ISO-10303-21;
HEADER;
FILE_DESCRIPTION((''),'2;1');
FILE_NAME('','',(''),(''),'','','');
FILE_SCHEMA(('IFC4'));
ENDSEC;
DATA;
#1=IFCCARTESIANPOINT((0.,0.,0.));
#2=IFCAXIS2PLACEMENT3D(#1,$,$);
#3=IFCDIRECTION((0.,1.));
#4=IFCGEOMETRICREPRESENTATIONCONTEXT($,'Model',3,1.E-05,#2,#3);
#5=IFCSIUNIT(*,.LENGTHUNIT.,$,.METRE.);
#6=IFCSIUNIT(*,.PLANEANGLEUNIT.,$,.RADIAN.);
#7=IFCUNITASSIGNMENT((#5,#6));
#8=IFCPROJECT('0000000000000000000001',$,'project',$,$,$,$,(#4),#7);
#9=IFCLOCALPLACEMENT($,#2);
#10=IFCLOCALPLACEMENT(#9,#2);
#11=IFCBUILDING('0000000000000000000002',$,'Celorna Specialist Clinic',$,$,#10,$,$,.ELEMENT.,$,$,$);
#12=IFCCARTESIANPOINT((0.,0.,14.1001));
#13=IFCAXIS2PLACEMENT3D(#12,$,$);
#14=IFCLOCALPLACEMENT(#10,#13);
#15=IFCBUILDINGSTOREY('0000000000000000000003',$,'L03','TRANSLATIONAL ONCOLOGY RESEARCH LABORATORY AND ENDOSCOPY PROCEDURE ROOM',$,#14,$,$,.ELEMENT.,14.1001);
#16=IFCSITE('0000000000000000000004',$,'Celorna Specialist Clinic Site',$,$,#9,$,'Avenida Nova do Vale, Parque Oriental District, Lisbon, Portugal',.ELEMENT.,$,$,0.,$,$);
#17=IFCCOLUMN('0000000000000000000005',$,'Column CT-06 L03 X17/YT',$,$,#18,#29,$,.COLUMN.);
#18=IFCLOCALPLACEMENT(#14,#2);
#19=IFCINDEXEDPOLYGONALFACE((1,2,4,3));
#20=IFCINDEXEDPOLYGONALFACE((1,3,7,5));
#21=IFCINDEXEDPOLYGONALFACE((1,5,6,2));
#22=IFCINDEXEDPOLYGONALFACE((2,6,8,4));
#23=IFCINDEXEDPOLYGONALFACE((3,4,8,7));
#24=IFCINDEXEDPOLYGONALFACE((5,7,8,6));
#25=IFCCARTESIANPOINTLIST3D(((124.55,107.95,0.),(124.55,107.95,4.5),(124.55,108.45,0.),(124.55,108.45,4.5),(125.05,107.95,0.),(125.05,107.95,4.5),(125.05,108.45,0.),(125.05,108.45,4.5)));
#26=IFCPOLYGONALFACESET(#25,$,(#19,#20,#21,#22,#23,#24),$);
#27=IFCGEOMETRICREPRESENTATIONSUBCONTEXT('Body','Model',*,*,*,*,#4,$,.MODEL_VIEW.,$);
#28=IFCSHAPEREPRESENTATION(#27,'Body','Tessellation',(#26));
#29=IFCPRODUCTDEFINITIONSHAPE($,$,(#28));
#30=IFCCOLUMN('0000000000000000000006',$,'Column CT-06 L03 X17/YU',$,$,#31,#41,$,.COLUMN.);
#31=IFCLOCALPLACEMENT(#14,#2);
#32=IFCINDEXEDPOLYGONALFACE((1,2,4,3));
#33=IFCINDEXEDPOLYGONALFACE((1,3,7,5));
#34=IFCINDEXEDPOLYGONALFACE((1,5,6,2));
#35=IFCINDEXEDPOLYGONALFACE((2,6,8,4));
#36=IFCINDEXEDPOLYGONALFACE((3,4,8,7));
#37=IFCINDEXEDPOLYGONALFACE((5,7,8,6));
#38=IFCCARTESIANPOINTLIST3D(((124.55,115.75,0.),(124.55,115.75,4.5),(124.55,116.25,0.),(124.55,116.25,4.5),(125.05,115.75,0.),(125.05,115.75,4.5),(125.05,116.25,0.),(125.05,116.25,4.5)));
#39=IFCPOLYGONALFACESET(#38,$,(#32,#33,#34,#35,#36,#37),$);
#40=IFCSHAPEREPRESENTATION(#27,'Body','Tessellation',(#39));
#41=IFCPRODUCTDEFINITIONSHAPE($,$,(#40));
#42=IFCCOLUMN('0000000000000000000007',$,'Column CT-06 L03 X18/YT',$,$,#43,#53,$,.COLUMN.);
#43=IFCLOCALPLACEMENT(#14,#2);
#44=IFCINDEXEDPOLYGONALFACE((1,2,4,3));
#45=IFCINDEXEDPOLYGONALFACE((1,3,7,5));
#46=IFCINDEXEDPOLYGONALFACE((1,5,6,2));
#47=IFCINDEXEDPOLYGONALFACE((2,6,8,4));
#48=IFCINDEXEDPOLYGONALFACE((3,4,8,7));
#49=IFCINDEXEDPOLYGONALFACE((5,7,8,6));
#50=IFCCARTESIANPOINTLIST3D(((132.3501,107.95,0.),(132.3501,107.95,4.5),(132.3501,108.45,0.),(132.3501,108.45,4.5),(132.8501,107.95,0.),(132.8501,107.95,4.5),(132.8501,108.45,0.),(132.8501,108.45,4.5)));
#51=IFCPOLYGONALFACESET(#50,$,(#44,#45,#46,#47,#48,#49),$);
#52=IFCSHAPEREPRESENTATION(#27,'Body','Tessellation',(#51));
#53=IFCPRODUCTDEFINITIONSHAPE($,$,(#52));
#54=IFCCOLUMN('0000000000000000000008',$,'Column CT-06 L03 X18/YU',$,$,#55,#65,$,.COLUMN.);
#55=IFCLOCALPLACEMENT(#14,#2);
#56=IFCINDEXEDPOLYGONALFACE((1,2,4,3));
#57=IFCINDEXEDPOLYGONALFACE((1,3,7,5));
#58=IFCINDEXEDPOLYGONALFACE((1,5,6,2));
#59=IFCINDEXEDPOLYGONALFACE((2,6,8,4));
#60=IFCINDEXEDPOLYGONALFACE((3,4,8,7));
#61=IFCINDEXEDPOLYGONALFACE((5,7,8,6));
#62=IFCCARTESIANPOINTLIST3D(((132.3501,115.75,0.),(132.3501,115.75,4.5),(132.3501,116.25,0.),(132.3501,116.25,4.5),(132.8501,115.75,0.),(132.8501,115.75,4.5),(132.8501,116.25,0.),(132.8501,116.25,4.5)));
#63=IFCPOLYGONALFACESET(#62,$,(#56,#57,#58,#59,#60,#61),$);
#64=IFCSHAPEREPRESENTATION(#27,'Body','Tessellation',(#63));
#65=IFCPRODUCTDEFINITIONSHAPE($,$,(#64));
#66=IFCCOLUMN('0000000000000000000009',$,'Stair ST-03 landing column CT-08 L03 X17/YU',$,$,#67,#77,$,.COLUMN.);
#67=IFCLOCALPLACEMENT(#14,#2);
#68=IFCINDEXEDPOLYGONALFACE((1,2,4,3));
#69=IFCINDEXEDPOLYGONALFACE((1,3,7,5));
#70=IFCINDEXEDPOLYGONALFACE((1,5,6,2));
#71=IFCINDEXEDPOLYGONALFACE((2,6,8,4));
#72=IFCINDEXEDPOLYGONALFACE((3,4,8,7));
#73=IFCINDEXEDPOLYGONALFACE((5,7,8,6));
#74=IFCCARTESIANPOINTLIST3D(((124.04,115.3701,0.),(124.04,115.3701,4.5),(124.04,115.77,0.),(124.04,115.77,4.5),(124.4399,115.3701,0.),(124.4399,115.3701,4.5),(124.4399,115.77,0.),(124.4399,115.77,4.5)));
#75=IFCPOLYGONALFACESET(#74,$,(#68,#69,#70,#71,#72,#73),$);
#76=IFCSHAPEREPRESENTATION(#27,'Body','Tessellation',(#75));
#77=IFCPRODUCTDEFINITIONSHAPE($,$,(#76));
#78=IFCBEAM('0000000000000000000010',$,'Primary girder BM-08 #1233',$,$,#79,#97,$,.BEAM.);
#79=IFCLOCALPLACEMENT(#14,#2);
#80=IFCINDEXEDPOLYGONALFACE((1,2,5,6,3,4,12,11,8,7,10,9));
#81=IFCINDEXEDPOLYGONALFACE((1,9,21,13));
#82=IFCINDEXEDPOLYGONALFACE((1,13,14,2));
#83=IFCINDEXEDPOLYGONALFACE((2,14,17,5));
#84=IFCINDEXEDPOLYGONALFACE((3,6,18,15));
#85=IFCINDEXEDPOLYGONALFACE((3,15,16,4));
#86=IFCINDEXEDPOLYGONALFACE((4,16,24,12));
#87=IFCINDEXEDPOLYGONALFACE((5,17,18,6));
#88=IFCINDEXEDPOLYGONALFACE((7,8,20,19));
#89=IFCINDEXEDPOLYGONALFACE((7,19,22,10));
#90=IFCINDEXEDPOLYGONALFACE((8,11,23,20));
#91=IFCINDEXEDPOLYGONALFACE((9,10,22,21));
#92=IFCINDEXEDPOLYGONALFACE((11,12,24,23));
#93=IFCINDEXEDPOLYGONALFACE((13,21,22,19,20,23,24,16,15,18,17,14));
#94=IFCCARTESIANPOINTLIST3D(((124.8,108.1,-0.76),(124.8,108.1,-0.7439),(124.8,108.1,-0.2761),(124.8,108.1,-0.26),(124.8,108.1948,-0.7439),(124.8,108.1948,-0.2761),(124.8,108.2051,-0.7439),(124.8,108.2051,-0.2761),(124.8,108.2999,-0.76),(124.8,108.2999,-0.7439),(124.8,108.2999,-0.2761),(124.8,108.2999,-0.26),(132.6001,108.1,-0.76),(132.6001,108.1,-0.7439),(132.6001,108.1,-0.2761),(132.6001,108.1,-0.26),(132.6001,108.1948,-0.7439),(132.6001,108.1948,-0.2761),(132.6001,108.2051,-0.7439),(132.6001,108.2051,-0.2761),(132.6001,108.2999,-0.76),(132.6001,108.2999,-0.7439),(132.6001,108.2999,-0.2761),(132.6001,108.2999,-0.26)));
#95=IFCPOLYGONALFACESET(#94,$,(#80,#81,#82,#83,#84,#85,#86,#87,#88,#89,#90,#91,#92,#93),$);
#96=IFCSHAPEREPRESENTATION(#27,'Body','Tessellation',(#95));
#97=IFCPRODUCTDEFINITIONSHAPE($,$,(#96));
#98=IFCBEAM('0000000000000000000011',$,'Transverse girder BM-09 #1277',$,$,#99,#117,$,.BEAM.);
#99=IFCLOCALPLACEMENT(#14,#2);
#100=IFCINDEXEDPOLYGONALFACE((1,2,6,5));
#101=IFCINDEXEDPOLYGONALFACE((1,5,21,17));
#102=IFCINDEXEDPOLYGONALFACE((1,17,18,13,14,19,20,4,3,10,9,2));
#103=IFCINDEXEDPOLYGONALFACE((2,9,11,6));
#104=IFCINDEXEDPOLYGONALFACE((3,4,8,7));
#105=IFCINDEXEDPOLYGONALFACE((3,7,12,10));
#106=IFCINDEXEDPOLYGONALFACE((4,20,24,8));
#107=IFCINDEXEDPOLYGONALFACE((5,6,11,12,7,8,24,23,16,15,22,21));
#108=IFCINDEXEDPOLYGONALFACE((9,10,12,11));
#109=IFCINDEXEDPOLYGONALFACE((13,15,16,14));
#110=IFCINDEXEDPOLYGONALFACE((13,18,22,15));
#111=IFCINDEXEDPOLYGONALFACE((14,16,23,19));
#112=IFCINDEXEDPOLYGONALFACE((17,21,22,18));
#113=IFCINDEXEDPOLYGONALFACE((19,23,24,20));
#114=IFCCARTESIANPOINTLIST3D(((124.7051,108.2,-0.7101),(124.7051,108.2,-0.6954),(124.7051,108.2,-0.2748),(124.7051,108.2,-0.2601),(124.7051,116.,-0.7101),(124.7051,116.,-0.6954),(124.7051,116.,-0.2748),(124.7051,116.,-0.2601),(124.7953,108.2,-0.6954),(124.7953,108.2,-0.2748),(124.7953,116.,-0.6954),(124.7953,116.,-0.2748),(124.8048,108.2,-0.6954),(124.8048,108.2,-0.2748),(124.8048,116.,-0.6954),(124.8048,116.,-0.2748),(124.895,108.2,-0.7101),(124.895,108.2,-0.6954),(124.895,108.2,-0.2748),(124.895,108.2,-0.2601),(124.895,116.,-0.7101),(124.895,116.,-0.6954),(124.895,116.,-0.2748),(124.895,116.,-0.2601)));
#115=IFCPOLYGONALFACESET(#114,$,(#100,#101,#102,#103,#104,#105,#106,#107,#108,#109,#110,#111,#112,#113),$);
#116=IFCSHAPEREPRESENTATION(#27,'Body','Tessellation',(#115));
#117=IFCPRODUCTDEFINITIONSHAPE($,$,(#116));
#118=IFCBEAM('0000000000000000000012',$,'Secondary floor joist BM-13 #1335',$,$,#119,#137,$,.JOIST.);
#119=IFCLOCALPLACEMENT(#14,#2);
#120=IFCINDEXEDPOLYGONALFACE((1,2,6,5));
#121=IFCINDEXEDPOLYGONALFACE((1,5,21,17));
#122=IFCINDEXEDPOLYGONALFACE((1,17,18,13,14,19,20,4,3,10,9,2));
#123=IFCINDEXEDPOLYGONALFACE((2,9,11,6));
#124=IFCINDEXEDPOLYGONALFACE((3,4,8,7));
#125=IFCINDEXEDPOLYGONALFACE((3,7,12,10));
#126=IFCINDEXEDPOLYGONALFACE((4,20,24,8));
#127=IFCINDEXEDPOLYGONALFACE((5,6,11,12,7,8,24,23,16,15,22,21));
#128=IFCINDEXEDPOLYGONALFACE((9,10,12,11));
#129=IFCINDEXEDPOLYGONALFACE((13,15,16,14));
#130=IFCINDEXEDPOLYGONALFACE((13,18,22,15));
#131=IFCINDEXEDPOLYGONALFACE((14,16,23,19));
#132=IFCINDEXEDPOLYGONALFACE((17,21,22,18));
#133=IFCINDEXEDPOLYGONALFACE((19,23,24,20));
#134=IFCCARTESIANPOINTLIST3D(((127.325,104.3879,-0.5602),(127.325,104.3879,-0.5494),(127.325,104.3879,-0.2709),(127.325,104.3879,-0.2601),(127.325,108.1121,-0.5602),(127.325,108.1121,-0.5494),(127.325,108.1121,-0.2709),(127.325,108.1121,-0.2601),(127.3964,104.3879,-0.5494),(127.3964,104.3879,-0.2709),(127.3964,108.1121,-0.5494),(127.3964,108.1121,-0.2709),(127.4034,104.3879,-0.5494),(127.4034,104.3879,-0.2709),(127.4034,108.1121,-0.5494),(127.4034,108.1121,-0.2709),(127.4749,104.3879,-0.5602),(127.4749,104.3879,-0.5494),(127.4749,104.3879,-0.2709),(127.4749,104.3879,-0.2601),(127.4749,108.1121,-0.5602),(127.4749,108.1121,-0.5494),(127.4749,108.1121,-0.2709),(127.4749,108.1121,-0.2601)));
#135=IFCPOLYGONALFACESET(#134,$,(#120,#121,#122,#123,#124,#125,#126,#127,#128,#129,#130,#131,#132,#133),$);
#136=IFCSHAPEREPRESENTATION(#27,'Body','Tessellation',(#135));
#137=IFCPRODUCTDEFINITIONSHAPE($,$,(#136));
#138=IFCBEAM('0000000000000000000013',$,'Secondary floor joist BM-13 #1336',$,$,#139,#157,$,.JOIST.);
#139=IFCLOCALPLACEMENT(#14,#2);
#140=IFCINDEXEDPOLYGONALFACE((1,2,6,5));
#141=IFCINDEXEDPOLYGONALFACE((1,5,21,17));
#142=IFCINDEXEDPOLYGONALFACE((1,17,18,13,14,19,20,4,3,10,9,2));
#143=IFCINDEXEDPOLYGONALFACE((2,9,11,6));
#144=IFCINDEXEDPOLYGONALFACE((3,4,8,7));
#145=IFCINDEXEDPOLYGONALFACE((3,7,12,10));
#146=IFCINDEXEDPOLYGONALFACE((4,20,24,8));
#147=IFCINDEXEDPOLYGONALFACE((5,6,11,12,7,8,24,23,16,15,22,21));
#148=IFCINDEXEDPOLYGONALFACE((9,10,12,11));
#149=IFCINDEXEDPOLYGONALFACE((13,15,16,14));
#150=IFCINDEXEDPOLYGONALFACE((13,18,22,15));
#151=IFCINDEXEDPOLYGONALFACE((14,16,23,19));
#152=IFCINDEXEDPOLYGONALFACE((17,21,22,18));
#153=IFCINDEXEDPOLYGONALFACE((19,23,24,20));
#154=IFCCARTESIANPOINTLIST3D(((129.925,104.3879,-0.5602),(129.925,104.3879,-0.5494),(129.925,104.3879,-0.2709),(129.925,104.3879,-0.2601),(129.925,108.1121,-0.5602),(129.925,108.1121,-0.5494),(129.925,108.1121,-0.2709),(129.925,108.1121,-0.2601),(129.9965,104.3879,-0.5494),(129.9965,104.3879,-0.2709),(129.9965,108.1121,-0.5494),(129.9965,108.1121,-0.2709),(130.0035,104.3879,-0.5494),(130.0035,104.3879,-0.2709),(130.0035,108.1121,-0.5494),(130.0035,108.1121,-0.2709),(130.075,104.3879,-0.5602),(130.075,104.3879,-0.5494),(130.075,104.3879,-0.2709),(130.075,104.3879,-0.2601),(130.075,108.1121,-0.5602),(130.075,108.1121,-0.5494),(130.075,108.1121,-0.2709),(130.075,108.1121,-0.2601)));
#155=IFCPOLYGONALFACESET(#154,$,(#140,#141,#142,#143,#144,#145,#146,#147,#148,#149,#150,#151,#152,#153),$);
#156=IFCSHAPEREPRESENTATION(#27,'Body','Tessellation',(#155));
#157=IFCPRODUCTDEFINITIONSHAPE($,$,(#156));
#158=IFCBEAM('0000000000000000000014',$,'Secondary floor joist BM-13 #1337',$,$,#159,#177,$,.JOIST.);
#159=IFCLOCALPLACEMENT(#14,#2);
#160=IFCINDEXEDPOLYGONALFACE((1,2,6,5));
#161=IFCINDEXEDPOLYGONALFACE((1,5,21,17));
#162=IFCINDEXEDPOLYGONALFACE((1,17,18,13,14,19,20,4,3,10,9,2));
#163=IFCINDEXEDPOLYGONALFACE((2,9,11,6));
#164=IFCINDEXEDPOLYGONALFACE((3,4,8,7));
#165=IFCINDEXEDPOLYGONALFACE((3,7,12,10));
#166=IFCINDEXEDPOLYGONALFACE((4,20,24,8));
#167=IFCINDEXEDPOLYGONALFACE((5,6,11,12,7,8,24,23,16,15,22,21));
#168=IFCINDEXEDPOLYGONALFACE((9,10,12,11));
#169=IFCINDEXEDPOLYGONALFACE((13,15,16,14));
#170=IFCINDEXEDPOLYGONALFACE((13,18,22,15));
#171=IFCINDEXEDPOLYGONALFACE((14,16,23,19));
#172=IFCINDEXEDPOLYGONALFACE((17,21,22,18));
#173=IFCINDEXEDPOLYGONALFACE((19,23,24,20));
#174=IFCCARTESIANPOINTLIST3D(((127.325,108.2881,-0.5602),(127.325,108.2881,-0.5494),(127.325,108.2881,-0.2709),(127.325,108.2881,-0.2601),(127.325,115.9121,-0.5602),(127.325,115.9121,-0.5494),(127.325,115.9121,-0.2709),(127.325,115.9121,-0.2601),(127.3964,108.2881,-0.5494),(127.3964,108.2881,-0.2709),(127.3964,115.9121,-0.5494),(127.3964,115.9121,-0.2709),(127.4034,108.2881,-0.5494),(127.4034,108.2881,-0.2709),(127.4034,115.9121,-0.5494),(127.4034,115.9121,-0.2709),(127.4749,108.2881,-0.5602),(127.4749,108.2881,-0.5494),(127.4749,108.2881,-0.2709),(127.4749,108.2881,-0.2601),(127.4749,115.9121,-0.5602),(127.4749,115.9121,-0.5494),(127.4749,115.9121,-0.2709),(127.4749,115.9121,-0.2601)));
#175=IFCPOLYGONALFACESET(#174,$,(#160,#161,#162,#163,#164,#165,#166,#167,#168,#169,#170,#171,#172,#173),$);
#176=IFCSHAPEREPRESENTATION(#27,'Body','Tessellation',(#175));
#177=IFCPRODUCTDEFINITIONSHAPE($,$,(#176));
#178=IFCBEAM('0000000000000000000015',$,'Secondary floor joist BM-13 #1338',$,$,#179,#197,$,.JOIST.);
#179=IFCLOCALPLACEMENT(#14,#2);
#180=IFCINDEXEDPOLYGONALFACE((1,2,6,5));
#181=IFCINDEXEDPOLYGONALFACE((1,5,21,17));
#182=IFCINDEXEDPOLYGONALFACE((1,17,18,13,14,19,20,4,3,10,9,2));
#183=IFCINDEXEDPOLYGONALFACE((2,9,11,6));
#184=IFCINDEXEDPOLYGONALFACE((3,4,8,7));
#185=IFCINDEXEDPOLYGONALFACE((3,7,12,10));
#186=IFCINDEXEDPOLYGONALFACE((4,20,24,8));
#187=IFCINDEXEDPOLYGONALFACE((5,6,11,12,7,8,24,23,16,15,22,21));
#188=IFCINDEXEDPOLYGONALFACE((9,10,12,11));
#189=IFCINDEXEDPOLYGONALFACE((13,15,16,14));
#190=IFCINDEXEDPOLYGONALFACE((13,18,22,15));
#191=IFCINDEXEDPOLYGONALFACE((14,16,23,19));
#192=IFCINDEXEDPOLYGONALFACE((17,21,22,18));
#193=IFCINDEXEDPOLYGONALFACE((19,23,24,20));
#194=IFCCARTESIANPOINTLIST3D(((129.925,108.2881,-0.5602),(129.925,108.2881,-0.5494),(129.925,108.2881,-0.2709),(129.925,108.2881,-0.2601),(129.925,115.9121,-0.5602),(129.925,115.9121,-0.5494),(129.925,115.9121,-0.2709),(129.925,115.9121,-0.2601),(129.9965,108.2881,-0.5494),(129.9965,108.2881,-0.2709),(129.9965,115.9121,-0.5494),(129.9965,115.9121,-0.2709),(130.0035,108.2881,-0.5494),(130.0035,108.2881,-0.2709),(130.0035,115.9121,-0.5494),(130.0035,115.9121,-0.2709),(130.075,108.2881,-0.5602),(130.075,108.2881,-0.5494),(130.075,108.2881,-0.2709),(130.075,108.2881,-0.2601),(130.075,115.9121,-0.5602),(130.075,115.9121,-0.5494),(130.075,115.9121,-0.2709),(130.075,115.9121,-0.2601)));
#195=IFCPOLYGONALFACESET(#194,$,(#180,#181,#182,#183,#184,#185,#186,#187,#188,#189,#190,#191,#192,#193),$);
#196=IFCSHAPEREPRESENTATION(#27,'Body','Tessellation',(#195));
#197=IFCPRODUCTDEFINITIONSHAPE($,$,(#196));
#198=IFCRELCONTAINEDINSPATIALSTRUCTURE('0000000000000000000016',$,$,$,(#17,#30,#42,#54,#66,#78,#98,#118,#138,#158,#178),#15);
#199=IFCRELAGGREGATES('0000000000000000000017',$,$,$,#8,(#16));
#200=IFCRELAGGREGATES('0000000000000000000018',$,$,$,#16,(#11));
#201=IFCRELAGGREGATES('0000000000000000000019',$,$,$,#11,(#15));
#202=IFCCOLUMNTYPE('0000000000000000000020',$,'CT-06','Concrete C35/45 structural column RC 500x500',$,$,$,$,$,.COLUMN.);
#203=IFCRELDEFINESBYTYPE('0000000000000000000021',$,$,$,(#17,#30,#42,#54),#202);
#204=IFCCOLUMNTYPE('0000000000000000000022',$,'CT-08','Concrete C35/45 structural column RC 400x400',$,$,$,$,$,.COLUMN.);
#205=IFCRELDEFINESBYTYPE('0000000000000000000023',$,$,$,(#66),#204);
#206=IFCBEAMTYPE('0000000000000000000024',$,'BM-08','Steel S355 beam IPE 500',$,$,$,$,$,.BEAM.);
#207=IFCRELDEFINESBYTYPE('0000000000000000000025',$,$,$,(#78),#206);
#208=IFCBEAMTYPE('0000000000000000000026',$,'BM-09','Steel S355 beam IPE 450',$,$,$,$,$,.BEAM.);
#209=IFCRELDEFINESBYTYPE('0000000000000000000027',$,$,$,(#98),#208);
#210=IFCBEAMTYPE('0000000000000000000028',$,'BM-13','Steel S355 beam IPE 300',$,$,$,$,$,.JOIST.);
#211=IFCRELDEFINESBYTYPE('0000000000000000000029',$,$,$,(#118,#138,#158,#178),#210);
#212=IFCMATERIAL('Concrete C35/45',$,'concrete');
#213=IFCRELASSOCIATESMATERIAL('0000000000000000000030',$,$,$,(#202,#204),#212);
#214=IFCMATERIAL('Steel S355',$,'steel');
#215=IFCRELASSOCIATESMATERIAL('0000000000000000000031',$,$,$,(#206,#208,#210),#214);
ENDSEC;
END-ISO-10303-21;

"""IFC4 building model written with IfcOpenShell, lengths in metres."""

from ifc_helpers import new_model, si_unit, direction, frame, origin, origin_2d, place, context, subcontext, project, spatial, rectangle, i_section, extrude, material, material_profile, profile_set, type_object, element, save


model = new_model("IFC4")

# Units and contexts
model_context = context("Model", 3, precision=1e-05, world=origin(), true_north=direction((0.0, 1.0)))
body_context = subcontext(model_context, "Body", "Model", "MODEL_VIEW")
ifc_project = project(units=[si_unit("LENGTHUNIT", "METRE"), si_unit("PLANEANGLEUNIT", "RADIAN")], contexts=[model_context])

# Site, building, storey
site_placement = place(None, origin())
site = spatial("IfcSite", under=ifc_project, at=site_placement, Name="Celorna Specialist Clinic Site", LongName="Avenida Nova do Vale, Parque Oriental District, Lisbon, Portugal", CompositionType="ELEMENT", RefElevation=0.0)
building_placement = place(site_placement, origin())
building = spatial("IfcBuilding", under=site, at=building_placement, Name="Celorna Specialist Clinic", CompositionType="ELEMENT")
storey_placement = place(building_placement, frame((0.0, 0.0, 14.1001)))
storey = spatial("IfcBuildingStorey", under=building, at=storey_placement, Name="L03", Description="TRANSLATIONAL ONCOLOGY RESEARCH LABORATORY AND ENDOSCOPY PROCEDURE ROOM", CompositionType="ELEMENT", Elevation=14.1001)

# Columns
ifc_material_1 = material(Name="Concrete C35/45", Category="concrete")
ifc_material_profile_1 = material_profile(ifc_material_1, rectangle(XDim=0.5, YDim=0.5, at=origin_2d()), Name="RC 500x500")
ifc_profile_set_1 = profile_set([ifc_material_profile_1], Name="Concrete C35/45")
column_type_1 = type_object("IfcColumnType", Name="CT-06", Description="Concrete C35/45 structural column RC 500x500", PredefinedType="COLUMN", material=ifc_profile_set_1)
for number, where, z_axis, x_axis, name in (
    (1, (124.8, 108.2, 0.0), (0.0, 0.0, 1.0), (1.0, 0.0, 0.0), "Column CT-06 L03 X17/YT"),
    (2, (124.8, 116.0, 0.0), (0.0, 0.0, 1.0), (1.0, 0.0, 0.0), "Column CT-06 L03 X17/YU"),
    (3, (132.6001, 108.2, 0.0), (0.0, 0.0, 1.0), (1.0, 0.0, 0.0), "Column CT-06 L03 X18/YT"),
    (4, (132.6001, 116.0, 0.0), (0.0, 0.0, 1.0), (1.0, 0.0, 0.0), "Column CT-06 L03 X18/YU"),
):
    element("IfcColumn", number, at=place(storey_placement, frame(where, z_axis=z_axis, x_axis=x_axis)), inside=storey, type_object=column_type_1, Name=name, PredefinedType="COLUMN", context=body_context, shape_type="SweptSolid", body=[
        extrude(rectangle(XDim=0.5, YDim=0.5, at=origin_2d()), origin(), (0.0, 0.0, 1.0), 4.5),
    ])
ifc_material_profile_2 = material_profile(ifc_material_1, rectangle(XDim=0.3999, YDim=0.3999, at=origin_2d()), Name="RC 400x400")
ifc_profile_set_2 = profile_set([ifc_material_profile_2], Name="Concrete C35/45")
column_type_2 = type_object("IfcColumnType", Name="CT-08", Description="Concrete C35/45 structural column RC 400x400", PredefinedType="COLUMN", material=ifc_profile_set_2)
column_placement = place(storey_placement, frame((124.24, 115.5701, 0.0), z_axis=(0.0, 0.0, 1.0), x_axis=(1.0, 0.0, 0.0)))
element("IfcColumn", 5, at=column_placement, inside=storey, type_object=column_type_2, Name="Stair ST-03 landing column CT-08 L03 X17/YU", PredefinedType="COLUMN", context=body_context, shape_type="SweptSolid", body=[
    extrude(rectangle(XDim=0.3999, YDim=0.3999, at=origin_2d()), origin(), (0.0, 0.0, 1.0), 4.5),
])

# Beams
ifc_material_2 = material(Name="Steel S355", Category="steel")
ifc_material_profile_3 = material_profile(ifc_material_2, i_section(OverallWidth=0.2, OverallDepth=0.5, WebThickness=0.0103, FlangeThickness=0.0161, at=origin_2d()), Name="IPE 500")
ifc_profile_set_3 = profile_set([ifc_material_profile_3], Name="Steel S355")
beam_type_1 = type_object("IfcBeamType", Name="BM-08", Description="Steel S355 beam IPE 500", PredefinedType="BEAM", material=ifc_profile_set_3)
beam_1_placement = place(storey_placement, frame((124.8, 108.2, -0.51), z_axis=(1.0, 0.0, 0.0), x_axis=(0.0, 1.0, 0.0)))
element("IfcBeam", 6, at=beam_1_placement, inside=storey, type_object=beam_type_1, Name="Primary girder BM-08 #1233", PredefinedType="BEAM", context=body_context, shape_type="SweptSolid", body=[
    extrude(i_section(OverallWidth=0.2, OverallDepth=0.5, WebThickness=0.0103, FlangeThickness=0.0161, at=origin_2d()), origin(), (0.0, 0.0, 1.0), 7.8),
])
ifc_material_profile_4 = material_profile(ifc_material_2, i_section(OverallWidth=0.1899, OverallDepth=0.45, WebThickness=0.0095, FlangeThickness=0.0146, at=origin_2d()), Name="IPE 450")
ifc_profile_set_4 = profile_set([ifc_material_profile_4], Name="Steel S355")
beam_type_2 = type_object("IfcBeamType", Name="BM-09", Description="Steel S355 beam IPE 450", PredefinedType="BEAM", material=ifc_profile_set_4)
beam_2_placement = place(storey_placement, frame((124.8, 108.2, -0.4851), z_axis=(0.0, 1.0, 0.0), x_axis=(-1.0, 0.0, 0.0)))
element("IfcBeam", 7, at=beam_2_placement, inside=storey, type_object=beam_type_2, Name="Transverse girder BM-09 #1277", PredefinedType="BEAM", context=body_context, shape_type="SweptSolid", body=[
    extrude(i_section(OverallWidth=0.1899, OverallDepth=0.45, WebThickness=0.0095, FlangeThickness=0.0146, at=origin_2d()), origin(), (0.0, 0.0, 1.0), 7.8),
])
ifc_material_profile_5 = material_profile(ifc_material_2, i_section(OverallWidth=0.1499, OverallDepth=0.3, WebThickness=0.0071, FlangeThickness=0.0107, at=origin_2d()), Name="IPE 300")
ifc_profile_set_5 = profile_set([ifc_material_profile_5], Name="Steel S355")
beam_type_3 = type_object("IfcBeamType", Name="BM-13", Description="Steel S355 beam IPE 300", PredefinedType="JOIST", material=ifc_profile_set_5)
for number, where, z_axis, x_axis, name in (
    (8, (127.3999, 104.3879, -0.4102), (0.0, 1.0, 0.0), (-1.0, 0.0, 0.0), "Secondary floor joist BM-13 #1335"),
    (9, (130.0, 104.3879, -0.4102), (0.0, 1.0, 0.0), (-1.0, 0.0, 0.0), "Secondary floor joist BM-13 #1336"),
):
    element("IfcBeam", number, at=place(storey_placement, frame(where, z_axis=z_axis, x_axis=x_axis)), inside=storey, type_object=beam_type_3, Name=name, PredefinedType="JOIST", context=body_context, shape_type="SweptSolid", body=[
        extrude(i_section(OverallWidth=0.1499, OverallDepth=0.3, WebThickness=0.0071, FlangeThickness=0.0107, at=origin_2d()), origin(), (0.0, 0.0, 1.0), 3.7241),
    ])
for number, where, z_axis, x_axis, name in (
    (10, (127.3999, 108.2881, -0.4102), (0.0, 1.0, 0.0), (-1.0, 0.0, 0.0), "Secondary floor joist BM-13 #1337"),
    (11, (130.0, 108.2881, -0.4102), (0.0, 1.0, 0.0), (-1.0, 0.0, 0.0), "Secondary floor joist BM-13 #1338"),
):
    element("IfcBeam", number, at=place(storey_placement, frame(where, z_axis=z_axis, x_axis=x_axis)), inside=storey, type_object=beam_type_3, Name=name, PredefinedType="JOIST", context=body_context, shape_type="SweptSolid", body=[
        extrude(i_section(OverallWidth=0.1499, OverallDepth=0.3, WebThickness=0.0071, FlangeThickness=0.0107, at=origin_2d()), origin(), (0.0, 0.0, 1.0), 7.624),
    ])

save(model, "model.ifc")
